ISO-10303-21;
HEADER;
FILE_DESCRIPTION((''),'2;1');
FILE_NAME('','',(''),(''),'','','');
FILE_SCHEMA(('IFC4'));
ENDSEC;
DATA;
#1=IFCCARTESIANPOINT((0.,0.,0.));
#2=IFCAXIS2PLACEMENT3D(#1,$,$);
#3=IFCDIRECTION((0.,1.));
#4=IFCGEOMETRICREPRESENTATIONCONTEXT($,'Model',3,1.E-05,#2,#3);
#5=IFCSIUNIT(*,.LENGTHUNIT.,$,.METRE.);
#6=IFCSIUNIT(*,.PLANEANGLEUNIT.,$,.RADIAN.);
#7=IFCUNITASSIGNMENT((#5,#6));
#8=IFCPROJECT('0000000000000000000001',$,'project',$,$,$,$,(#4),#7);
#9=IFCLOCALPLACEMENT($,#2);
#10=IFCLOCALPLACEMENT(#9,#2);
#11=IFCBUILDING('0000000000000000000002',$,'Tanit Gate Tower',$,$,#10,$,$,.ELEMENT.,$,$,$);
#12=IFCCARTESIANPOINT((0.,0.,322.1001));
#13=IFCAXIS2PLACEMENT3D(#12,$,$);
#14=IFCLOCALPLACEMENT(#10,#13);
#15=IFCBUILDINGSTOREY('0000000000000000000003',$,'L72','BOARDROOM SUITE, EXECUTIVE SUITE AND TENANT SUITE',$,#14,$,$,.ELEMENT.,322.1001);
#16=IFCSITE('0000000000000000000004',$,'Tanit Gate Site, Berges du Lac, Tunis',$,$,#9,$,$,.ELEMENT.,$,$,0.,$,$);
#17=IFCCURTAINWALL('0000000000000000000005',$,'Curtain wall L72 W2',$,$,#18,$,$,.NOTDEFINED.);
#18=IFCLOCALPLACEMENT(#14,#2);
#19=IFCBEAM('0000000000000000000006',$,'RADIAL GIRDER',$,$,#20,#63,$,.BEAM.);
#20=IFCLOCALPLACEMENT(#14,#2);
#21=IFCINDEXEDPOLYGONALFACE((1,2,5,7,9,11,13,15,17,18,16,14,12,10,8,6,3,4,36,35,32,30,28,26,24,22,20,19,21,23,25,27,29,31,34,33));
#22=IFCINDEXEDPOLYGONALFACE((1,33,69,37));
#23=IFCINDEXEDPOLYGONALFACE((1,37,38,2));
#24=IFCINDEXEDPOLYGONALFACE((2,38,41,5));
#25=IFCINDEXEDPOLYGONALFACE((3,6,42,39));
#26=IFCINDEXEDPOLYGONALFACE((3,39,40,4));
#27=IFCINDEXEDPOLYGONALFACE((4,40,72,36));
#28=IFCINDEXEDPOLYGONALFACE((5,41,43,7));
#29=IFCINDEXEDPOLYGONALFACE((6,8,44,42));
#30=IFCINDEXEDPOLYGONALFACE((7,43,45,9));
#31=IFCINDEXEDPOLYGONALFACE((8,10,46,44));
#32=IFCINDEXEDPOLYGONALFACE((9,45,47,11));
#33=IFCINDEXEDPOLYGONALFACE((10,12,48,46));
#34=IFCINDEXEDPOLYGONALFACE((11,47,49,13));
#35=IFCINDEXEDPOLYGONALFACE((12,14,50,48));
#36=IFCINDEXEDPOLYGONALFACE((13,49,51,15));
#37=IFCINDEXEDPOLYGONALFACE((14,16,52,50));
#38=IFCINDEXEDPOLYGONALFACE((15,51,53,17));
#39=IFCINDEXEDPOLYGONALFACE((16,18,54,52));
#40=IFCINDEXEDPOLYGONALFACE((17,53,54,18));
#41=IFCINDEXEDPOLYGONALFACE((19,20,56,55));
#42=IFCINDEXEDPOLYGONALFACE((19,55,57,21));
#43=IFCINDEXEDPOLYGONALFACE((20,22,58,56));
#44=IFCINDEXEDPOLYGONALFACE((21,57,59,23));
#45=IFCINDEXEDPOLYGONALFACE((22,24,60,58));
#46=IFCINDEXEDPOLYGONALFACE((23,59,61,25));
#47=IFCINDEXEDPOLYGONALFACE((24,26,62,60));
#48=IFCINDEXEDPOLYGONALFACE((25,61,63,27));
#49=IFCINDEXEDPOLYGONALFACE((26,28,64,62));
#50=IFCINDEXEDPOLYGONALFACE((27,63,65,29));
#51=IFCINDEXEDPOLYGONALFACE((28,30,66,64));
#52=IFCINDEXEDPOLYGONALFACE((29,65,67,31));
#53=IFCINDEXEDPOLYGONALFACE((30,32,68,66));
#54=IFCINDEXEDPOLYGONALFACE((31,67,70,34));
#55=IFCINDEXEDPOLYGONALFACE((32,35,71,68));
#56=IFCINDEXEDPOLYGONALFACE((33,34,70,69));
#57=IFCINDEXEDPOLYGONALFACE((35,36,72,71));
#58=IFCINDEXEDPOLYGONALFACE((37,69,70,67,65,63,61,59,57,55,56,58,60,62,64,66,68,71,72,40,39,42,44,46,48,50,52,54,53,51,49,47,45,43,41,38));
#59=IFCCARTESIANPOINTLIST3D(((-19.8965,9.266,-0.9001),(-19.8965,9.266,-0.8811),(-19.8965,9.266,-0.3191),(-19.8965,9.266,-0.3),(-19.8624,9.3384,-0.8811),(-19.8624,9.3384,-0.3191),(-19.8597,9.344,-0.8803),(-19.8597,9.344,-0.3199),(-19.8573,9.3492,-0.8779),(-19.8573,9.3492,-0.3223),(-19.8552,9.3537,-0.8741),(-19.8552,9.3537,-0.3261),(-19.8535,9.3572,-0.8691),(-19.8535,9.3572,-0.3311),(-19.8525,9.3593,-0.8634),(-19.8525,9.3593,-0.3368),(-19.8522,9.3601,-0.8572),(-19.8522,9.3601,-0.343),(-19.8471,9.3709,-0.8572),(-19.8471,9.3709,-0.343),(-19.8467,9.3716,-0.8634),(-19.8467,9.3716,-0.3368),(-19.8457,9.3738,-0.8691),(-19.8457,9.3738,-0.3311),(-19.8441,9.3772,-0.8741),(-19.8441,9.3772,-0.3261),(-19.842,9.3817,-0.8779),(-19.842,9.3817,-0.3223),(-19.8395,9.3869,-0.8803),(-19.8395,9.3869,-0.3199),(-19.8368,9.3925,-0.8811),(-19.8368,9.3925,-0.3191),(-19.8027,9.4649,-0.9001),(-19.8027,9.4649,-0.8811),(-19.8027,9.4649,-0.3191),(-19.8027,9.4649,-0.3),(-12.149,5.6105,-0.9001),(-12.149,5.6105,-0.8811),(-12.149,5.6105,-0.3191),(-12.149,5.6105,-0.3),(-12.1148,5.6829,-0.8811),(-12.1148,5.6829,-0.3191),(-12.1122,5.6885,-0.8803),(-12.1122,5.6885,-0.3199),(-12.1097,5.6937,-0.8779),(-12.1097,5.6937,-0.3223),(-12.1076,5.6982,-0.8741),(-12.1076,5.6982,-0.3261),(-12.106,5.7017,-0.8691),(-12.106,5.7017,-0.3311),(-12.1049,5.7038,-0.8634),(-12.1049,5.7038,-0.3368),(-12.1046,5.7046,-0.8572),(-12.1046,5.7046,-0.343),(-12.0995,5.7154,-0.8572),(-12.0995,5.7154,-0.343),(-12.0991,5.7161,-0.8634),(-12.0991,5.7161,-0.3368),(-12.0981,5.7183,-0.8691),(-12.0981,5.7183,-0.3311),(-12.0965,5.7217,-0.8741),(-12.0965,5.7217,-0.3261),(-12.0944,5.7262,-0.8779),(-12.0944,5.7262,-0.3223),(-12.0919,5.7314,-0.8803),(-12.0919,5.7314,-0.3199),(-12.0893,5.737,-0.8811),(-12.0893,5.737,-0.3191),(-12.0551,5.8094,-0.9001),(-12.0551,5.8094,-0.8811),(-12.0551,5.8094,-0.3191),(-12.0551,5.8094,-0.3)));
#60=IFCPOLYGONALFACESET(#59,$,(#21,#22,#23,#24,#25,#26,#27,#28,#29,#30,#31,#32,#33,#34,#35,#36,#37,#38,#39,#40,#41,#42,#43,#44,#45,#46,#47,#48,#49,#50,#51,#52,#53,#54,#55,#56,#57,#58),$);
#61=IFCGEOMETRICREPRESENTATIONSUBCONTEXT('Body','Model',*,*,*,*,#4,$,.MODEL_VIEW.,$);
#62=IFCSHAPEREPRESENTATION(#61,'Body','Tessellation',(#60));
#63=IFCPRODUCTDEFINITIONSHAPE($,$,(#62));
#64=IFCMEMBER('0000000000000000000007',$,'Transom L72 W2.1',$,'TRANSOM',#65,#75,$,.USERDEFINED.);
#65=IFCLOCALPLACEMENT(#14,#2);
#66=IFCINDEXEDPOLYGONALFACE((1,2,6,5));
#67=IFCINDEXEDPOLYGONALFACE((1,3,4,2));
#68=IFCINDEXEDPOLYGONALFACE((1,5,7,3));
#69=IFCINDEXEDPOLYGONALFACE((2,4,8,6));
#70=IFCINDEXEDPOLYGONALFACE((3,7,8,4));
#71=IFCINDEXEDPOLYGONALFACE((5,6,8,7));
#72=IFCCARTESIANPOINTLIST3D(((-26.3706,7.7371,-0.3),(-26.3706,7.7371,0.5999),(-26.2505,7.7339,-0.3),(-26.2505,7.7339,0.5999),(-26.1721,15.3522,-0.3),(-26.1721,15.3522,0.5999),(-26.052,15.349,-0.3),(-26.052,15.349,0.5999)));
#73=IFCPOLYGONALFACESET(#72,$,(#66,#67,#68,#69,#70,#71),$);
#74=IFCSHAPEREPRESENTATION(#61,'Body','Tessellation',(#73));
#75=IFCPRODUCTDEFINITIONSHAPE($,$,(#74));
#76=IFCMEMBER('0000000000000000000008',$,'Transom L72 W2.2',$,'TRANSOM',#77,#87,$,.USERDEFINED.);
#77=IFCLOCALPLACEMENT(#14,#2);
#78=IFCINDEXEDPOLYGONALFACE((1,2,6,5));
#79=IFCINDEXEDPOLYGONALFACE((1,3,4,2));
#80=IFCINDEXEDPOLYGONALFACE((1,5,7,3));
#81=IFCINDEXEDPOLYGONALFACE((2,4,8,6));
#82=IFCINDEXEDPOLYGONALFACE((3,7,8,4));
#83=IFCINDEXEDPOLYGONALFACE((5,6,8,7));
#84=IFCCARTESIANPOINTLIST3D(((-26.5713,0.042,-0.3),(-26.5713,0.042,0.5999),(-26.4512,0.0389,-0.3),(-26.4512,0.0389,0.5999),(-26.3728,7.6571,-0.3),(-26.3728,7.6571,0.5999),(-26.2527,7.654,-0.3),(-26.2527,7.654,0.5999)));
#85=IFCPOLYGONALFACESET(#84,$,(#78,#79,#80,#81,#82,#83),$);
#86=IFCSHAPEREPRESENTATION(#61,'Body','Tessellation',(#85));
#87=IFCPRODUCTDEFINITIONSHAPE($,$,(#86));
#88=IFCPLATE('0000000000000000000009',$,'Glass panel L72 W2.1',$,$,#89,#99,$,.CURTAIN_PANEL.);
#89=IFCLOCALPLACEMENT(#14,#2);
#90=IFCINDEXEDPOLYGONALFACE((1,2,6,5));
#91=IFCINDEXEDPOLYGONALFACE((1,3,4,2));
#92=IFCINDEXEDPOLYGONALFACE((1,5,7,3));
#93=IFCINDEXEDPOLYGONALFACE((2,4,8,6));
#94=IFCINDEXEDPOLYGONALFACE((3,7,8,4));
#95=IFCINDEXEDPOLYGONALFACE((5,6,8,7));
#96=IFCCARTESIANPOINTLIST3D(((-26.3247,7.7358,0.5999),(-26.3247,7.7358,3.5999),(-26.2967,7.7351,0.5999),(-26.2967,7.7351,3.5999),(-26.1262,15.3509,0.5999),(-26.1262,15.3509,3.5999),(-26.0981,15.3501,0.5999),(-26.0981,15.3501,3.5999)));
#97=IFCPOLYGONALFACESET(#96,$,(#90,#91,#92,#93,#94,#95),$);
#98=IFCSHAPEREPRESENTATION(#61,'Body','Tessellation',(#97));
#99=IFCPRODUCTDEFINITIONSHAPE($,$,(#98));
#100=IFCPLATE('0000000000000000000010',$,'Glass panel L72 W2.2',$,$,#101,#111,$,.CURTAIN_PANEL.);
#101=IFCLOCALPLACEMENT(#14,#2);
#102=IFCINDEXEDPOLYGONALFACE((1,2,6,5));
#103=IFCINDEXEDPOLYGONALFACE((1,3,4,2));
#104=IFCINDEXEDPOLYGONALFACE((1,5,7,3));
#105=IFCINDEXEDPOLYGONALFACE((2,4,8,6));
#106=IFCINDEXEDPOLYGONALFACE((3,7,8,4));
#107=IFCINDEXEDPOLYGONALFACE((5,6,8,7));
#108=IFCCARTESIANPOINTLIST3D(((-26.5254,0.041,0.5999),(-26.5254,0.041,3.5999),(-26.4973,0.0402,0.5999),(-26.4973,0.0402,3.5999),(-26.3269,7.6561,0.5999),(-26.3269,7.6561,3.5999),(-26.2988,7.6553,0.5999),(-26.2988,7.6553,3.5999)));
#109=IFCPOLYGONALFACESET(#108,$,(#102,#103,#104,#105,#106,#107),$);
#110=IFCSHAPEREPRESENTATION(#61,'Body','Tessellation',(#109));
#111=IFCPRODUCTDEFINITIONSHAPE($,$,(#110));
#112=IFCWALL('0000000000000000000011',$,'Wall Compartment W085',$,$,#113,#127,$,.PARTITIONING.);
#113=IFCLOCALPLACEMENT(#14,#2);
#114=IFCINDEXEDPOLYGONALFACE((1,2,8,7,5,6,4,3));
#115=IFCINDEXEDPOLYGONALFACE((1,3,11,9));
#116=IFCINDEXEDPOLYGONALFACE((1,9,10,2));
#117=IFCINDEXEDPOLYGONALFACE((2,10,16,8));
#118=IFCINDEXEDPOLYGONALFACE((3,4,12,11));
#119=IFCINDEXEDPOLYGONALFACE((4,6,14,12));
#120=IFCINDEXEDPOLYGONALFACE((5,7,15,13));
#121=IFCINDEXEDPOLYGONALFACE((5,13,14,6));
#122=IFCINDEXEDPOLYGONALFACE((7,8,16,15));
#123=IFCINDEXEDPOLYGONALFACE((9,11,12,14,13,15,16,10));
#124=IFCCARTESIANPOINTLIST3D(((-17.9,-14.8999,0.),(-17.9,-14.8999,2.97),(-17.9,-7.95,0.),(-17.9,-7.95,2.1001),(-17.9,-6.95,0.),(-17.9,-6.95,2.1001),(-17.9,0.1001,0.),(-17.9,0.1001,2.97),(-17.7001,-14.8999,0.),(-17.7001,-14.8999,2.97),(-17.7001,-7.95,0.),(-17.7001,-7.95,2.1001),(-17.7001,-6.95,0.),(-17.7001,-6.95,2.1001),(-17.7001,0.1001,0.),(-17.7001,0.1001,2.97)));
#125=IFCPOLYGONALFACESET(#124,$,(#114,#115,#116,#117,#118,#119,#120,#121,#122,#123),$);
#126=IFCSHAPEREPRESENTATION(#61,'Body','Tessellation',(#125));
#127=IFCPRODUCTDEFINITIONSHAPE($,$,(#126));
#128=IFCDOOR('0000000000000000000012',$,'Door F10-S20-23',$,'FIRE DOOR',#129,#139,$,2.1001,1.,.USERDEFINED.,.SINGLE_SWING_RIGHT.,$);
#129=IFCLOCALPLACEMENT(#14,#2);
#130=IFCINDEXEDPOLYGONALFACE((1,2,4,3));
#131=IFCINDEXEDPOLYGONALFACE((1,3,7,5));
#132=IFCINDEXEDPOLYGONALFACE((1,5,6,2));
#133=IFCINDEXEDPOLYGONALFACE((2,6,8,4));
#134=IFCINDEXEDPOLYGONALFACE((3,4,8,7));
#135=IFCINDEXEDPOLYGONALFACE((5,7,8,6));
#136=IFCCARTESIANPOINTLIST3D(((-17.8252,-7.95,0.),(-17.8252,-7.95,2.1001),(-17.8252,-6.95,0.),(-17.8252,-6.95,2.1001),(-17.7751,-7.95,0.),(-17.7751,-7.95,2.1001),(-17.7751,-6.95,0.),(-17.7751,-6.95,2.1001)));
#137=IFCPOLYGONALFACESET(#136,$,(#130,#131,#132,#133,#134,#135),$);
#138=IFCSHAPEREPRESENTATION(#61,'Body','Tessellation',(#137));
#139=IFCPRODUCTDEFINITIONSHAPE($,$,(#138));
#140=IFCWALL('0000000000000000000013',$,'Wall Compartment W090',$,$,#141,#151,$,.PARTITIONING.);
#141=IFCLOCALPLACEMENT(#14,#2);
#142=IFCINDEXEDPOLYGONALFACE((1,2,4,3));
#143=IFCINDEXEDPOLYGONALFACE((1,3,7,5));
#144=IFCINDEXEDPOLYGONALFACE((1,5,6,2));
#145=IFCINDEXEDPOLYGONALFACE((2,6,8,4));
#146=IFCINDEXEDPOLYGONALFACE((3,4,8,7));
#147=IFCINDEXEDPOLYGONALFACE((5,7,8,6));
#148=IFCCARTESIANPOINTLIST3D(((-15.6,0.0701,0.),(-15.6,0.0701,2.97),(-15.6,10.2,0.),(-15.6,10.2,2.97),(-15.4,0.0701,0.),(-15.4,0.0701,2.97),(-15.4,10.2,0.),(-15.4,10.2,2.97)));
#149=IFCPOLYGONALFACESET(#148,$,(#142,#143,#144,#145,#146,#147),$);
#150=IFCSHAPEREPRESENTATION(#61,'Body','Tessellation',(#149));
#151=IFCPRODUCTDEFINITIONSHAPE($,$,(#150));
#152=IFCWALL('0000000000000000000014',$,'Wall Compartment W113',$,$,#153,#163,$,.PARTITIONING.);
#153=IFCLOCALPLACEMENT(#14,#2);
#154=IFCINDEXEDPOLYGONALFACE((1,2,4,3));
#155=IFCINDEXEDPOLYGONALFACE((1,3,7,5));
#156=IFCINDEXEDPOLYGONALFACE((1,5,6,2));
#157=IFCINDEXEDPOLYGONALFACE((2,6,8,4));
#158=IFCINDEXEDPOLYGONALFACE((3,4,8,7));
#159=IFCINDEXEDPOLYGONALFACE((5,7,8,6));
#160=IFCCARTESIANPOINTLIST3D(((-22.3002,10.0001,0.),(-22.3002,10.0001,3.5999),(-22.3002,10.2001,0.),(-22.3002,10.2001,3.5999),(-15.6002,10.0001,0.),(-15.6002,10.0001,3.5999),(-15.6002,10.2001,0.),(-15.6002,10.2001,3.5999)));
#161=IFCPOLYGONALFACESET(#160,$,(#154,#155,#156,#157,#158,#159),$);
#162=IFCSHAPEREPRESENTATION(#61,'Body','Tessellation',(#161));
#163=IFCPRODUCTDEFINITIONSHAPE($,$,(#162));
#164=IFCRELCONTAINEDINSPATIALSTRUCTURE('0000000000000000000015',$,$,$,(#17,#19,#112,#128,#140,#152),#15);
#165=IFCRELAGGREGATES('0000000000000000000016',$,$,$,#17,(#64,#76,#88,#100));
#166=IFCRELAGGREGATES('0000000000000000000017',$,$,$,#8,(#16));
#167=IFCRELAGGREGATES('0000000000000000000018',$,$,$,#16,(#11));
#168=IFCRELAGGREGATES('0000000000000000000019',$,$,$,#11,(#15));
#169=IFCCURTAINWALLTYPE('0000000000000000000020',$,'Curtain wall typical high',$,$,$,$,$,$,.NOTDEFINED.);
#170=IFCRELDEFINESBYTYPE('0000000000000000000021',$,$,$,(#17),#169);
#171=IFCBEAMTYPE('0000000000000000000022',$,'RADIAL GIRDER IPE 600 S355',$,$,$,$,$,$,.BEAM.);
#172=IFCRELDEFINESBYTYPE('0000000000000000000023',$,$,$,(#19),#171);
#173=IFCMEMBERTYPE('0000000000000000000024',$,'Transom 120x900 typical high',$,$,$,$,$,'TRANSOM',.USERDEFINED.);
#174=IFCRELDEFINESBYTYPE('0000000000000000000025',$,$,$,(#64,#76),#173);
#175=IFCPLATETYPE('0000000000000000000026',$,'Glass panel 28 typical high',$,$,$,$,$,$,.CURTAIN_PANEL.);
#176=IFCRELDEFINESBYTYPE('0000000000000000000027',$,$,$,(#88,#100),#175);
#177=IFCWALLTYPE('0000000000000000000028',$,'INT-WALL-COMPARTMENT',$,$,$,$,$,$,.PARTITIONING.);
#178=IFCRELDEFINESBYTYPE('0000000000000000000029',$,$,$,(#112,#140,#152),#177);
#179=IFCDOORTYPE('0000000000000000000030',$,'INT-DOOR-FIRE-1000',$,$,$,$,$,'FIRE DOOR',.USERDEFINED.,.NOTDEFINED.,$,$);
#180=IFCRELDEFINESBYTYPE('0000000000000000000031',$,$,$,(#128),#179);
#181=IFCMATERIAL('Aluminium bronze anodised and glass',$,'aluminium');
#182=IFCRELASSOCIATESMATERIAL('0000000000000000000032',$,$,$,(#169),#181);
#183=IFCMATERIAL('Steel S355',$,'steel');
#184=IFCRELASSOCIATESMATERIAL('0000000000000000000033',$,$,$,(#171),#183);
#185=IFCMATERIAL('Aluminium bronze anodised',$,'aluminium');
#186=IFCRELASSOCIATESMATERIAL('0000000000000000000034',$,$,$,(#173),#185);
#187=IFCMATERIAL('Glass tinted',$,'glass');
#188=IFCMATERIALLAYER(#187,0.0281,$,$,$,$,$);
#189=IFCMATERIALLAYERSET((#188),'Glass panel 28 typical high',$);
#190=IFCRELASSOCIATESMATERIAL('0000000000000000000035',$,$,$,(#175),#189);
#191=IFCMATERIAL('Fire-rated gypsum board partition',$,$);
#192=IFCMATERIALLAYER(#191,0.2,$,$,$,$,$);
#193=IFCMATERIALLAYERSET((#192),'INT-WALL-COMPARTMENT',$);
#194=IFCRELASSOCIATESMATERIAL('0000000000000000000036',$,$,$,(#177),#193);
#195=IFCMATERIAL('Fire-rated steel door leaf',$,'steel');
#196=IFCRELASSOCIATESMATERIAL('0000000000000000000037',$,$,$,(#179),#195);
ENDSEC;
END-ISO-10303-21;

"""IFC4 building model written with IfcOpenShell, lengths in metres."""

from ifc_helpers import new_model, si_unit, direction, frame, frame_2d, origin, origin_2d, place, context, subcontext, project, spatial, rectangle, i_section, extrude, material, layer, layer_set, material_profile, profile_set, type_object, element, fill, aggregate, save


model = new_model("IFC4")

# Units and contexts
model_context = context("Model", 3, precision=1e-05, world=origin(), true_north=direction((0.0, 1.0)))
body_context = subcontext(model_context, "Body", "Model", "MODEL_VIEW")
ifc_project = project(units=[si_unit("LENGTHUNIT", "METRE"), si_unit("PLANEANGLEUNIT", "RADIAN")], contexts=[model_context])

# Site, building, storey
site_placement = place(None, origin())
site = spatial("IfcSite", under=ifc_project, at=site_placement, Name="Tanit Gate Site, Berges du Lac, Tunis", CompositionType="ELEMENT", RefElevation=0.0)
building_placement = place(site_placement, origin())
building = spatial("IfcBuilding", under=site, at=building_placement, Name="Tanit Gate Tower", CompositionType="ELEMENT")
storey_placement = place(building_placement, frame((0.0, 0.0, 322.1001)))
storey = spatial("IfcBuildingStorey", under=building, at=storey_placement, Name="L72", Description="BOARDROOM SUITE, EXECUTIVE SUITE AND TENANT SUITE", CompositionType="ELEMENT", Elevation=322.1001)

# Curtain wall
ifc_material_1 = material(Name="Aluminium bronze anodised and glass", Category="aluminium")
curtain_wall_type = type_object("IfcCurtainWallType", Name="Curtain wall typical high", PredefinedType="NOTDEFINED", material=ifc_material_1)
curtain_wall_1_placement = place(storey_placement, origin())
curtain_wall_1 = element("IfcCurtainWall", 1, at=curtain_wall_1_placement, inside=storey, type_object=curtain_wall_type, Name="Curtain wall L72 W2", PredefinedType="NOTDEFINED")

# Beam
ifc_material_2 = material(Name="Steel S355", Category="steel")
ifc_material_profile_1 = material_profile(ifc_material_2, i_section(OverallWidth=0.22, OverallDepth=0.6001, WebThickness=0.012, FlangeThickness=0.019, FilletRadius=0.0239, at=origin_2d()), Name="IPE 600")
ifc_profile_set_1 = profile_set([ifc_material_profile_1], Name="Steel S355")
beam_type_1 = type_object("IfcBeamType", Name="RADIAL GIRDER IPE 600 S355", PredefinedType="BEAM", material=ifc_profile_set_1)
beam_1_placement = place(storey_placement, frame((-19.8496, 9.3655, -0.6001), z_axis=(0.904386, -0.426715, 0.0), x_axis=(0.426715, 0.904386, 0.0)))
element("IfcBeam", 2, at=beam_1_placement, inside=storey, type_object=beam_type_1, Name="RADIAL GIRDER", PredefinedType="BEAM", context=body_context, shape_type="SweptSolid", body=[
    extrude(i_section(OverallWidth=0.22, OverallDepth=0.6001, WebThickness=0.012, FlangeThickness=0.019, FilletRadius=0.0239, at=origin_2d()), origin(), (0.0, 0.0, 1.0), 8.5667),
])

# Members
ifc_material_3 = material(Name="Aluminium bronze anodised", Category="aluminium")
ifc_material_profile_2 = material_profile(ifc_material_3, rectangle(XDim=0.1201, YDim=0.8999, at=origin_2d()), Name="120x900 bronze transom")
ifc_profile_set_2 = profile_set([ifc_material_profile_2], Name="Aluminium bronze anodised")
member_type_1 = type_object("IfcMemberType", Name="Transom 120x900 typical high", ElementType="TRANSOM", PredefinedType="USERDEFINED", material=ifc_profile_set_2)
member_1_placement = place(storey_placement, frame((-26.1121, 15.3506, 0.1499), z_axis=(-0.026056, -0.99966, 0.0), x_axis=(0.99966, -0.026056, 0.0)))
member_1 = element("IfcMember", 3, at=member_1_placement, type_object=member_type_1, Name="Transom L72 W2.1", ObjectType="TRANSOM", PredefinedType="USERDEFINED", context=body_context, shape_type="SweptSolid", body=[
    extrude(rectangle(XDim=0.1201, YDim=0.8999, at=origin_2d()), origin(), (0.0, 0.0, 1.0), 7.6177),
])
member_2_placement = place(storey_placement, frame((-26.3127, 7.6555, 0.1499), z_axis=(-0.026056, -0.99966, 0.0), x_axis=(0.99966, -0.026056, 0.0)))
member_2 = element("IfcMember", 4, at=member_2_placement, type_object=member_type_1, Name="Transom L72 W2.2", ObjectType="TRANSOM", PredefinedType="USERDEFINED", context=body_context, shape_type="SweptSolid", body=[
    extrude(rectangle(XDim=0.1201, YDim=0.8999, at=origin_2d()), origin(), (0.0, 0.0, 1.0), 7.6177),
])

# Plates
ifc_material_4 = material(Name="Glass tinted", Category="glass")
ifc_layer_1 = layer(ifc_material_4, 0.0281)
ifc_layer_set_1 = layer_set([ifc_layer_1], Name="Glass panel 28 typical high")
plate_type = type_object("IfcPlateType", Name="Glass panel 28 typical high", PredefinedType="CURTAIN_PANEL", material=ifc_layer_set_1)
plate_1_placement = place(storey_placement, frame((-26.2114, 11.543, 0.5999), z_axis=(0.0, 0.0, 1.0), x_axis=(-0.026063, -0.99966, 0.0)))
plate_1 = element("IfcPlate", 5, at=plate_1_placement, type_object=plate_type, Name="Glass panel L72 W2.1", PredefinedType="CURTAIN_PANEL", context=body_context, shape_type="SweptSolid", body=[
    extrude(rectangle(XDim=7.6177, YDim=0.0281, at=origin_2d()), origin(), (0.0, 0.0, 1.0), 3.0),
])
plate_2_placement = place(storey_placement, frame((-26.4121, 3.8481, 0.5999), z_axis=(0.0, 0.0, 1.0), x_axis=(-0.026063, -0.99966, 0.0)))
plate_2 = element("IfcPlate", 6, at=plate_2_placement, type_object=plate_type, Name="Glass panel L72 W2.2", PredefinedType="CURTAIN_PANEL", context=body_context, shape_type="SweptSolid", body=[
    extrude(rectangle(XDim=7.6177, YDim=0.0281, at=origin_2d()), origin(), (0.0, 0.0, 1.0), 3.0),
])
aggregate(curtain_wall_1, [member_1, member_2, plate_1, plate_2])

# Wall, opening, door
ifc_material_5 = material(Name="Fire-rated gypsum board partition")
ifc_layer_2 = layer(ifc_material_5, 0.2)
ifc_layer_set_2 = layer_set([ifc_layer_2], Name="INT-WALL-COMPARTMENT")
wall_type_1 = type_object("IfcWallType", Name="INT-WALL-COMPARTMENT", PredefinedType="PARTITIONING", material=ifc_layer_set_2)
wall_1_placement = place(storey_placement, frame((-17.8, 0.1001, 0.0), z_axis=(0.0, 0.0, 1.0), x_axis=(0.0, -1.0, 0.0)))
wall_1 = element("IfcWall", 7, at=wall_1_placement, inside=storey, type_object=wall_type_1, Name="Wall Compartment W085", PredefinedType="PARTITIONING", context=body_context, shape_type="SweptSolid", body=[
    extrude(rectangle(XDim=15.0, YDim=0.2, at=frame_2d((7.5, 0.0))), origin(), (0.0, 0.0, 1.0), 2.97),
])
opening_1_placement = place(wall_1_placement, frame((7.05, 0.0, 0.0)))
opening_1 = element("IfcOpeningElement", 8, at=opening_1_placement, cuts=wall_1, PredefinedType="OPENING", context=body_context, shape_type="SweptSolid", body=[
    extrude(rectangle(XDim=1.0, YDim=2.1001, at=frame_2d((0.5, 1.05))), frame((0.0, 0.1099, 0.0), z_axis=(0.0, -1.0, 0.0), x_axis=(1.0, 0.0, 0.0)), (0.0, 0.0, 1.0), 0.22),
])
ifc_material_6 = material(Name="Fire-rated steel door leaf", Category="steel")
door_type_1 = type_object("IfcDoorType", Name="INT-DOOR-FIRE-1000", ElementType="FIRE DOOR", OperationType="NOTDEFINED", PredefinedType="USERDEFINED", material=ifc_material_6)
door_1_placement = place(opening_1_placement, origin())
door_1 = element("IfcDoor", 9, at=door_1_placement, inside=storey, type_object=door_type_1, Name="Door F10-S20-23", ObjectType="FIRE DOOR", OperationType="SINGLE_SWING_RIGHT", OverallHeight=2.1001, OverallWidth=1.0, PredefinedType="USERDEFINED", context=body_context, shape_type="SweptSolid", body=[
    extrude(rectangle(XDim=1.0, YDim=2.1001, at=frame_2d((0.5, 1.05))), frame((0.0, 0.0249, 0.0), z_axis=(0.0, -1.0, 0.0), x_axis=(1.0, 0.0, 0.0)), (0.0, 0.0, 1.0), 0.05),
])
fill(opening_1, door_1)

# Walls
wall_2_placement = place(storey_placement, frame((-15.5, 10.2, 0.0), z_axis=(0.0, 0.0, 1.0), x_axis=(0.0, -1.0, 0.0)))
element("IfcWall", 10, at=wall_2_placement, inside=storey, type_object=wall_type_1, Name="Wall Compartment W090", PredefinedType="PARTITIONING", context=body_context, shape_type="SweptSolid", body=[
    extrude(rectangle(XDim=10.1299, YDim=0.2, at=frame_2d((5.0649, 0.0))), origin(), (0.0, 0.0, 1.0), 2.97),
])
wall_3_placement = place(storey_placement, frame((-15.6001, 10.1001, 0.0), z_axis=(0.0, 0.0, 1.0), x_axis=(-1.0, 0.0, 0.0)))
element("IfcWall", 11, at=wall_3_placement, inside=storey, type_object=wall_type_1, Name="Wall Compartment W113", PredefinedType="PARTITIONING", context=body_context, shape_type="SweptSolid", body=[
    extrude(rectangle(XDim=6.7, YDim=0.2, at=frame_2d((3.3501, 0.0))), origin(), (0.0, 0.0, 1.0), 3.5999),
])

save(model, "model.ifc")
